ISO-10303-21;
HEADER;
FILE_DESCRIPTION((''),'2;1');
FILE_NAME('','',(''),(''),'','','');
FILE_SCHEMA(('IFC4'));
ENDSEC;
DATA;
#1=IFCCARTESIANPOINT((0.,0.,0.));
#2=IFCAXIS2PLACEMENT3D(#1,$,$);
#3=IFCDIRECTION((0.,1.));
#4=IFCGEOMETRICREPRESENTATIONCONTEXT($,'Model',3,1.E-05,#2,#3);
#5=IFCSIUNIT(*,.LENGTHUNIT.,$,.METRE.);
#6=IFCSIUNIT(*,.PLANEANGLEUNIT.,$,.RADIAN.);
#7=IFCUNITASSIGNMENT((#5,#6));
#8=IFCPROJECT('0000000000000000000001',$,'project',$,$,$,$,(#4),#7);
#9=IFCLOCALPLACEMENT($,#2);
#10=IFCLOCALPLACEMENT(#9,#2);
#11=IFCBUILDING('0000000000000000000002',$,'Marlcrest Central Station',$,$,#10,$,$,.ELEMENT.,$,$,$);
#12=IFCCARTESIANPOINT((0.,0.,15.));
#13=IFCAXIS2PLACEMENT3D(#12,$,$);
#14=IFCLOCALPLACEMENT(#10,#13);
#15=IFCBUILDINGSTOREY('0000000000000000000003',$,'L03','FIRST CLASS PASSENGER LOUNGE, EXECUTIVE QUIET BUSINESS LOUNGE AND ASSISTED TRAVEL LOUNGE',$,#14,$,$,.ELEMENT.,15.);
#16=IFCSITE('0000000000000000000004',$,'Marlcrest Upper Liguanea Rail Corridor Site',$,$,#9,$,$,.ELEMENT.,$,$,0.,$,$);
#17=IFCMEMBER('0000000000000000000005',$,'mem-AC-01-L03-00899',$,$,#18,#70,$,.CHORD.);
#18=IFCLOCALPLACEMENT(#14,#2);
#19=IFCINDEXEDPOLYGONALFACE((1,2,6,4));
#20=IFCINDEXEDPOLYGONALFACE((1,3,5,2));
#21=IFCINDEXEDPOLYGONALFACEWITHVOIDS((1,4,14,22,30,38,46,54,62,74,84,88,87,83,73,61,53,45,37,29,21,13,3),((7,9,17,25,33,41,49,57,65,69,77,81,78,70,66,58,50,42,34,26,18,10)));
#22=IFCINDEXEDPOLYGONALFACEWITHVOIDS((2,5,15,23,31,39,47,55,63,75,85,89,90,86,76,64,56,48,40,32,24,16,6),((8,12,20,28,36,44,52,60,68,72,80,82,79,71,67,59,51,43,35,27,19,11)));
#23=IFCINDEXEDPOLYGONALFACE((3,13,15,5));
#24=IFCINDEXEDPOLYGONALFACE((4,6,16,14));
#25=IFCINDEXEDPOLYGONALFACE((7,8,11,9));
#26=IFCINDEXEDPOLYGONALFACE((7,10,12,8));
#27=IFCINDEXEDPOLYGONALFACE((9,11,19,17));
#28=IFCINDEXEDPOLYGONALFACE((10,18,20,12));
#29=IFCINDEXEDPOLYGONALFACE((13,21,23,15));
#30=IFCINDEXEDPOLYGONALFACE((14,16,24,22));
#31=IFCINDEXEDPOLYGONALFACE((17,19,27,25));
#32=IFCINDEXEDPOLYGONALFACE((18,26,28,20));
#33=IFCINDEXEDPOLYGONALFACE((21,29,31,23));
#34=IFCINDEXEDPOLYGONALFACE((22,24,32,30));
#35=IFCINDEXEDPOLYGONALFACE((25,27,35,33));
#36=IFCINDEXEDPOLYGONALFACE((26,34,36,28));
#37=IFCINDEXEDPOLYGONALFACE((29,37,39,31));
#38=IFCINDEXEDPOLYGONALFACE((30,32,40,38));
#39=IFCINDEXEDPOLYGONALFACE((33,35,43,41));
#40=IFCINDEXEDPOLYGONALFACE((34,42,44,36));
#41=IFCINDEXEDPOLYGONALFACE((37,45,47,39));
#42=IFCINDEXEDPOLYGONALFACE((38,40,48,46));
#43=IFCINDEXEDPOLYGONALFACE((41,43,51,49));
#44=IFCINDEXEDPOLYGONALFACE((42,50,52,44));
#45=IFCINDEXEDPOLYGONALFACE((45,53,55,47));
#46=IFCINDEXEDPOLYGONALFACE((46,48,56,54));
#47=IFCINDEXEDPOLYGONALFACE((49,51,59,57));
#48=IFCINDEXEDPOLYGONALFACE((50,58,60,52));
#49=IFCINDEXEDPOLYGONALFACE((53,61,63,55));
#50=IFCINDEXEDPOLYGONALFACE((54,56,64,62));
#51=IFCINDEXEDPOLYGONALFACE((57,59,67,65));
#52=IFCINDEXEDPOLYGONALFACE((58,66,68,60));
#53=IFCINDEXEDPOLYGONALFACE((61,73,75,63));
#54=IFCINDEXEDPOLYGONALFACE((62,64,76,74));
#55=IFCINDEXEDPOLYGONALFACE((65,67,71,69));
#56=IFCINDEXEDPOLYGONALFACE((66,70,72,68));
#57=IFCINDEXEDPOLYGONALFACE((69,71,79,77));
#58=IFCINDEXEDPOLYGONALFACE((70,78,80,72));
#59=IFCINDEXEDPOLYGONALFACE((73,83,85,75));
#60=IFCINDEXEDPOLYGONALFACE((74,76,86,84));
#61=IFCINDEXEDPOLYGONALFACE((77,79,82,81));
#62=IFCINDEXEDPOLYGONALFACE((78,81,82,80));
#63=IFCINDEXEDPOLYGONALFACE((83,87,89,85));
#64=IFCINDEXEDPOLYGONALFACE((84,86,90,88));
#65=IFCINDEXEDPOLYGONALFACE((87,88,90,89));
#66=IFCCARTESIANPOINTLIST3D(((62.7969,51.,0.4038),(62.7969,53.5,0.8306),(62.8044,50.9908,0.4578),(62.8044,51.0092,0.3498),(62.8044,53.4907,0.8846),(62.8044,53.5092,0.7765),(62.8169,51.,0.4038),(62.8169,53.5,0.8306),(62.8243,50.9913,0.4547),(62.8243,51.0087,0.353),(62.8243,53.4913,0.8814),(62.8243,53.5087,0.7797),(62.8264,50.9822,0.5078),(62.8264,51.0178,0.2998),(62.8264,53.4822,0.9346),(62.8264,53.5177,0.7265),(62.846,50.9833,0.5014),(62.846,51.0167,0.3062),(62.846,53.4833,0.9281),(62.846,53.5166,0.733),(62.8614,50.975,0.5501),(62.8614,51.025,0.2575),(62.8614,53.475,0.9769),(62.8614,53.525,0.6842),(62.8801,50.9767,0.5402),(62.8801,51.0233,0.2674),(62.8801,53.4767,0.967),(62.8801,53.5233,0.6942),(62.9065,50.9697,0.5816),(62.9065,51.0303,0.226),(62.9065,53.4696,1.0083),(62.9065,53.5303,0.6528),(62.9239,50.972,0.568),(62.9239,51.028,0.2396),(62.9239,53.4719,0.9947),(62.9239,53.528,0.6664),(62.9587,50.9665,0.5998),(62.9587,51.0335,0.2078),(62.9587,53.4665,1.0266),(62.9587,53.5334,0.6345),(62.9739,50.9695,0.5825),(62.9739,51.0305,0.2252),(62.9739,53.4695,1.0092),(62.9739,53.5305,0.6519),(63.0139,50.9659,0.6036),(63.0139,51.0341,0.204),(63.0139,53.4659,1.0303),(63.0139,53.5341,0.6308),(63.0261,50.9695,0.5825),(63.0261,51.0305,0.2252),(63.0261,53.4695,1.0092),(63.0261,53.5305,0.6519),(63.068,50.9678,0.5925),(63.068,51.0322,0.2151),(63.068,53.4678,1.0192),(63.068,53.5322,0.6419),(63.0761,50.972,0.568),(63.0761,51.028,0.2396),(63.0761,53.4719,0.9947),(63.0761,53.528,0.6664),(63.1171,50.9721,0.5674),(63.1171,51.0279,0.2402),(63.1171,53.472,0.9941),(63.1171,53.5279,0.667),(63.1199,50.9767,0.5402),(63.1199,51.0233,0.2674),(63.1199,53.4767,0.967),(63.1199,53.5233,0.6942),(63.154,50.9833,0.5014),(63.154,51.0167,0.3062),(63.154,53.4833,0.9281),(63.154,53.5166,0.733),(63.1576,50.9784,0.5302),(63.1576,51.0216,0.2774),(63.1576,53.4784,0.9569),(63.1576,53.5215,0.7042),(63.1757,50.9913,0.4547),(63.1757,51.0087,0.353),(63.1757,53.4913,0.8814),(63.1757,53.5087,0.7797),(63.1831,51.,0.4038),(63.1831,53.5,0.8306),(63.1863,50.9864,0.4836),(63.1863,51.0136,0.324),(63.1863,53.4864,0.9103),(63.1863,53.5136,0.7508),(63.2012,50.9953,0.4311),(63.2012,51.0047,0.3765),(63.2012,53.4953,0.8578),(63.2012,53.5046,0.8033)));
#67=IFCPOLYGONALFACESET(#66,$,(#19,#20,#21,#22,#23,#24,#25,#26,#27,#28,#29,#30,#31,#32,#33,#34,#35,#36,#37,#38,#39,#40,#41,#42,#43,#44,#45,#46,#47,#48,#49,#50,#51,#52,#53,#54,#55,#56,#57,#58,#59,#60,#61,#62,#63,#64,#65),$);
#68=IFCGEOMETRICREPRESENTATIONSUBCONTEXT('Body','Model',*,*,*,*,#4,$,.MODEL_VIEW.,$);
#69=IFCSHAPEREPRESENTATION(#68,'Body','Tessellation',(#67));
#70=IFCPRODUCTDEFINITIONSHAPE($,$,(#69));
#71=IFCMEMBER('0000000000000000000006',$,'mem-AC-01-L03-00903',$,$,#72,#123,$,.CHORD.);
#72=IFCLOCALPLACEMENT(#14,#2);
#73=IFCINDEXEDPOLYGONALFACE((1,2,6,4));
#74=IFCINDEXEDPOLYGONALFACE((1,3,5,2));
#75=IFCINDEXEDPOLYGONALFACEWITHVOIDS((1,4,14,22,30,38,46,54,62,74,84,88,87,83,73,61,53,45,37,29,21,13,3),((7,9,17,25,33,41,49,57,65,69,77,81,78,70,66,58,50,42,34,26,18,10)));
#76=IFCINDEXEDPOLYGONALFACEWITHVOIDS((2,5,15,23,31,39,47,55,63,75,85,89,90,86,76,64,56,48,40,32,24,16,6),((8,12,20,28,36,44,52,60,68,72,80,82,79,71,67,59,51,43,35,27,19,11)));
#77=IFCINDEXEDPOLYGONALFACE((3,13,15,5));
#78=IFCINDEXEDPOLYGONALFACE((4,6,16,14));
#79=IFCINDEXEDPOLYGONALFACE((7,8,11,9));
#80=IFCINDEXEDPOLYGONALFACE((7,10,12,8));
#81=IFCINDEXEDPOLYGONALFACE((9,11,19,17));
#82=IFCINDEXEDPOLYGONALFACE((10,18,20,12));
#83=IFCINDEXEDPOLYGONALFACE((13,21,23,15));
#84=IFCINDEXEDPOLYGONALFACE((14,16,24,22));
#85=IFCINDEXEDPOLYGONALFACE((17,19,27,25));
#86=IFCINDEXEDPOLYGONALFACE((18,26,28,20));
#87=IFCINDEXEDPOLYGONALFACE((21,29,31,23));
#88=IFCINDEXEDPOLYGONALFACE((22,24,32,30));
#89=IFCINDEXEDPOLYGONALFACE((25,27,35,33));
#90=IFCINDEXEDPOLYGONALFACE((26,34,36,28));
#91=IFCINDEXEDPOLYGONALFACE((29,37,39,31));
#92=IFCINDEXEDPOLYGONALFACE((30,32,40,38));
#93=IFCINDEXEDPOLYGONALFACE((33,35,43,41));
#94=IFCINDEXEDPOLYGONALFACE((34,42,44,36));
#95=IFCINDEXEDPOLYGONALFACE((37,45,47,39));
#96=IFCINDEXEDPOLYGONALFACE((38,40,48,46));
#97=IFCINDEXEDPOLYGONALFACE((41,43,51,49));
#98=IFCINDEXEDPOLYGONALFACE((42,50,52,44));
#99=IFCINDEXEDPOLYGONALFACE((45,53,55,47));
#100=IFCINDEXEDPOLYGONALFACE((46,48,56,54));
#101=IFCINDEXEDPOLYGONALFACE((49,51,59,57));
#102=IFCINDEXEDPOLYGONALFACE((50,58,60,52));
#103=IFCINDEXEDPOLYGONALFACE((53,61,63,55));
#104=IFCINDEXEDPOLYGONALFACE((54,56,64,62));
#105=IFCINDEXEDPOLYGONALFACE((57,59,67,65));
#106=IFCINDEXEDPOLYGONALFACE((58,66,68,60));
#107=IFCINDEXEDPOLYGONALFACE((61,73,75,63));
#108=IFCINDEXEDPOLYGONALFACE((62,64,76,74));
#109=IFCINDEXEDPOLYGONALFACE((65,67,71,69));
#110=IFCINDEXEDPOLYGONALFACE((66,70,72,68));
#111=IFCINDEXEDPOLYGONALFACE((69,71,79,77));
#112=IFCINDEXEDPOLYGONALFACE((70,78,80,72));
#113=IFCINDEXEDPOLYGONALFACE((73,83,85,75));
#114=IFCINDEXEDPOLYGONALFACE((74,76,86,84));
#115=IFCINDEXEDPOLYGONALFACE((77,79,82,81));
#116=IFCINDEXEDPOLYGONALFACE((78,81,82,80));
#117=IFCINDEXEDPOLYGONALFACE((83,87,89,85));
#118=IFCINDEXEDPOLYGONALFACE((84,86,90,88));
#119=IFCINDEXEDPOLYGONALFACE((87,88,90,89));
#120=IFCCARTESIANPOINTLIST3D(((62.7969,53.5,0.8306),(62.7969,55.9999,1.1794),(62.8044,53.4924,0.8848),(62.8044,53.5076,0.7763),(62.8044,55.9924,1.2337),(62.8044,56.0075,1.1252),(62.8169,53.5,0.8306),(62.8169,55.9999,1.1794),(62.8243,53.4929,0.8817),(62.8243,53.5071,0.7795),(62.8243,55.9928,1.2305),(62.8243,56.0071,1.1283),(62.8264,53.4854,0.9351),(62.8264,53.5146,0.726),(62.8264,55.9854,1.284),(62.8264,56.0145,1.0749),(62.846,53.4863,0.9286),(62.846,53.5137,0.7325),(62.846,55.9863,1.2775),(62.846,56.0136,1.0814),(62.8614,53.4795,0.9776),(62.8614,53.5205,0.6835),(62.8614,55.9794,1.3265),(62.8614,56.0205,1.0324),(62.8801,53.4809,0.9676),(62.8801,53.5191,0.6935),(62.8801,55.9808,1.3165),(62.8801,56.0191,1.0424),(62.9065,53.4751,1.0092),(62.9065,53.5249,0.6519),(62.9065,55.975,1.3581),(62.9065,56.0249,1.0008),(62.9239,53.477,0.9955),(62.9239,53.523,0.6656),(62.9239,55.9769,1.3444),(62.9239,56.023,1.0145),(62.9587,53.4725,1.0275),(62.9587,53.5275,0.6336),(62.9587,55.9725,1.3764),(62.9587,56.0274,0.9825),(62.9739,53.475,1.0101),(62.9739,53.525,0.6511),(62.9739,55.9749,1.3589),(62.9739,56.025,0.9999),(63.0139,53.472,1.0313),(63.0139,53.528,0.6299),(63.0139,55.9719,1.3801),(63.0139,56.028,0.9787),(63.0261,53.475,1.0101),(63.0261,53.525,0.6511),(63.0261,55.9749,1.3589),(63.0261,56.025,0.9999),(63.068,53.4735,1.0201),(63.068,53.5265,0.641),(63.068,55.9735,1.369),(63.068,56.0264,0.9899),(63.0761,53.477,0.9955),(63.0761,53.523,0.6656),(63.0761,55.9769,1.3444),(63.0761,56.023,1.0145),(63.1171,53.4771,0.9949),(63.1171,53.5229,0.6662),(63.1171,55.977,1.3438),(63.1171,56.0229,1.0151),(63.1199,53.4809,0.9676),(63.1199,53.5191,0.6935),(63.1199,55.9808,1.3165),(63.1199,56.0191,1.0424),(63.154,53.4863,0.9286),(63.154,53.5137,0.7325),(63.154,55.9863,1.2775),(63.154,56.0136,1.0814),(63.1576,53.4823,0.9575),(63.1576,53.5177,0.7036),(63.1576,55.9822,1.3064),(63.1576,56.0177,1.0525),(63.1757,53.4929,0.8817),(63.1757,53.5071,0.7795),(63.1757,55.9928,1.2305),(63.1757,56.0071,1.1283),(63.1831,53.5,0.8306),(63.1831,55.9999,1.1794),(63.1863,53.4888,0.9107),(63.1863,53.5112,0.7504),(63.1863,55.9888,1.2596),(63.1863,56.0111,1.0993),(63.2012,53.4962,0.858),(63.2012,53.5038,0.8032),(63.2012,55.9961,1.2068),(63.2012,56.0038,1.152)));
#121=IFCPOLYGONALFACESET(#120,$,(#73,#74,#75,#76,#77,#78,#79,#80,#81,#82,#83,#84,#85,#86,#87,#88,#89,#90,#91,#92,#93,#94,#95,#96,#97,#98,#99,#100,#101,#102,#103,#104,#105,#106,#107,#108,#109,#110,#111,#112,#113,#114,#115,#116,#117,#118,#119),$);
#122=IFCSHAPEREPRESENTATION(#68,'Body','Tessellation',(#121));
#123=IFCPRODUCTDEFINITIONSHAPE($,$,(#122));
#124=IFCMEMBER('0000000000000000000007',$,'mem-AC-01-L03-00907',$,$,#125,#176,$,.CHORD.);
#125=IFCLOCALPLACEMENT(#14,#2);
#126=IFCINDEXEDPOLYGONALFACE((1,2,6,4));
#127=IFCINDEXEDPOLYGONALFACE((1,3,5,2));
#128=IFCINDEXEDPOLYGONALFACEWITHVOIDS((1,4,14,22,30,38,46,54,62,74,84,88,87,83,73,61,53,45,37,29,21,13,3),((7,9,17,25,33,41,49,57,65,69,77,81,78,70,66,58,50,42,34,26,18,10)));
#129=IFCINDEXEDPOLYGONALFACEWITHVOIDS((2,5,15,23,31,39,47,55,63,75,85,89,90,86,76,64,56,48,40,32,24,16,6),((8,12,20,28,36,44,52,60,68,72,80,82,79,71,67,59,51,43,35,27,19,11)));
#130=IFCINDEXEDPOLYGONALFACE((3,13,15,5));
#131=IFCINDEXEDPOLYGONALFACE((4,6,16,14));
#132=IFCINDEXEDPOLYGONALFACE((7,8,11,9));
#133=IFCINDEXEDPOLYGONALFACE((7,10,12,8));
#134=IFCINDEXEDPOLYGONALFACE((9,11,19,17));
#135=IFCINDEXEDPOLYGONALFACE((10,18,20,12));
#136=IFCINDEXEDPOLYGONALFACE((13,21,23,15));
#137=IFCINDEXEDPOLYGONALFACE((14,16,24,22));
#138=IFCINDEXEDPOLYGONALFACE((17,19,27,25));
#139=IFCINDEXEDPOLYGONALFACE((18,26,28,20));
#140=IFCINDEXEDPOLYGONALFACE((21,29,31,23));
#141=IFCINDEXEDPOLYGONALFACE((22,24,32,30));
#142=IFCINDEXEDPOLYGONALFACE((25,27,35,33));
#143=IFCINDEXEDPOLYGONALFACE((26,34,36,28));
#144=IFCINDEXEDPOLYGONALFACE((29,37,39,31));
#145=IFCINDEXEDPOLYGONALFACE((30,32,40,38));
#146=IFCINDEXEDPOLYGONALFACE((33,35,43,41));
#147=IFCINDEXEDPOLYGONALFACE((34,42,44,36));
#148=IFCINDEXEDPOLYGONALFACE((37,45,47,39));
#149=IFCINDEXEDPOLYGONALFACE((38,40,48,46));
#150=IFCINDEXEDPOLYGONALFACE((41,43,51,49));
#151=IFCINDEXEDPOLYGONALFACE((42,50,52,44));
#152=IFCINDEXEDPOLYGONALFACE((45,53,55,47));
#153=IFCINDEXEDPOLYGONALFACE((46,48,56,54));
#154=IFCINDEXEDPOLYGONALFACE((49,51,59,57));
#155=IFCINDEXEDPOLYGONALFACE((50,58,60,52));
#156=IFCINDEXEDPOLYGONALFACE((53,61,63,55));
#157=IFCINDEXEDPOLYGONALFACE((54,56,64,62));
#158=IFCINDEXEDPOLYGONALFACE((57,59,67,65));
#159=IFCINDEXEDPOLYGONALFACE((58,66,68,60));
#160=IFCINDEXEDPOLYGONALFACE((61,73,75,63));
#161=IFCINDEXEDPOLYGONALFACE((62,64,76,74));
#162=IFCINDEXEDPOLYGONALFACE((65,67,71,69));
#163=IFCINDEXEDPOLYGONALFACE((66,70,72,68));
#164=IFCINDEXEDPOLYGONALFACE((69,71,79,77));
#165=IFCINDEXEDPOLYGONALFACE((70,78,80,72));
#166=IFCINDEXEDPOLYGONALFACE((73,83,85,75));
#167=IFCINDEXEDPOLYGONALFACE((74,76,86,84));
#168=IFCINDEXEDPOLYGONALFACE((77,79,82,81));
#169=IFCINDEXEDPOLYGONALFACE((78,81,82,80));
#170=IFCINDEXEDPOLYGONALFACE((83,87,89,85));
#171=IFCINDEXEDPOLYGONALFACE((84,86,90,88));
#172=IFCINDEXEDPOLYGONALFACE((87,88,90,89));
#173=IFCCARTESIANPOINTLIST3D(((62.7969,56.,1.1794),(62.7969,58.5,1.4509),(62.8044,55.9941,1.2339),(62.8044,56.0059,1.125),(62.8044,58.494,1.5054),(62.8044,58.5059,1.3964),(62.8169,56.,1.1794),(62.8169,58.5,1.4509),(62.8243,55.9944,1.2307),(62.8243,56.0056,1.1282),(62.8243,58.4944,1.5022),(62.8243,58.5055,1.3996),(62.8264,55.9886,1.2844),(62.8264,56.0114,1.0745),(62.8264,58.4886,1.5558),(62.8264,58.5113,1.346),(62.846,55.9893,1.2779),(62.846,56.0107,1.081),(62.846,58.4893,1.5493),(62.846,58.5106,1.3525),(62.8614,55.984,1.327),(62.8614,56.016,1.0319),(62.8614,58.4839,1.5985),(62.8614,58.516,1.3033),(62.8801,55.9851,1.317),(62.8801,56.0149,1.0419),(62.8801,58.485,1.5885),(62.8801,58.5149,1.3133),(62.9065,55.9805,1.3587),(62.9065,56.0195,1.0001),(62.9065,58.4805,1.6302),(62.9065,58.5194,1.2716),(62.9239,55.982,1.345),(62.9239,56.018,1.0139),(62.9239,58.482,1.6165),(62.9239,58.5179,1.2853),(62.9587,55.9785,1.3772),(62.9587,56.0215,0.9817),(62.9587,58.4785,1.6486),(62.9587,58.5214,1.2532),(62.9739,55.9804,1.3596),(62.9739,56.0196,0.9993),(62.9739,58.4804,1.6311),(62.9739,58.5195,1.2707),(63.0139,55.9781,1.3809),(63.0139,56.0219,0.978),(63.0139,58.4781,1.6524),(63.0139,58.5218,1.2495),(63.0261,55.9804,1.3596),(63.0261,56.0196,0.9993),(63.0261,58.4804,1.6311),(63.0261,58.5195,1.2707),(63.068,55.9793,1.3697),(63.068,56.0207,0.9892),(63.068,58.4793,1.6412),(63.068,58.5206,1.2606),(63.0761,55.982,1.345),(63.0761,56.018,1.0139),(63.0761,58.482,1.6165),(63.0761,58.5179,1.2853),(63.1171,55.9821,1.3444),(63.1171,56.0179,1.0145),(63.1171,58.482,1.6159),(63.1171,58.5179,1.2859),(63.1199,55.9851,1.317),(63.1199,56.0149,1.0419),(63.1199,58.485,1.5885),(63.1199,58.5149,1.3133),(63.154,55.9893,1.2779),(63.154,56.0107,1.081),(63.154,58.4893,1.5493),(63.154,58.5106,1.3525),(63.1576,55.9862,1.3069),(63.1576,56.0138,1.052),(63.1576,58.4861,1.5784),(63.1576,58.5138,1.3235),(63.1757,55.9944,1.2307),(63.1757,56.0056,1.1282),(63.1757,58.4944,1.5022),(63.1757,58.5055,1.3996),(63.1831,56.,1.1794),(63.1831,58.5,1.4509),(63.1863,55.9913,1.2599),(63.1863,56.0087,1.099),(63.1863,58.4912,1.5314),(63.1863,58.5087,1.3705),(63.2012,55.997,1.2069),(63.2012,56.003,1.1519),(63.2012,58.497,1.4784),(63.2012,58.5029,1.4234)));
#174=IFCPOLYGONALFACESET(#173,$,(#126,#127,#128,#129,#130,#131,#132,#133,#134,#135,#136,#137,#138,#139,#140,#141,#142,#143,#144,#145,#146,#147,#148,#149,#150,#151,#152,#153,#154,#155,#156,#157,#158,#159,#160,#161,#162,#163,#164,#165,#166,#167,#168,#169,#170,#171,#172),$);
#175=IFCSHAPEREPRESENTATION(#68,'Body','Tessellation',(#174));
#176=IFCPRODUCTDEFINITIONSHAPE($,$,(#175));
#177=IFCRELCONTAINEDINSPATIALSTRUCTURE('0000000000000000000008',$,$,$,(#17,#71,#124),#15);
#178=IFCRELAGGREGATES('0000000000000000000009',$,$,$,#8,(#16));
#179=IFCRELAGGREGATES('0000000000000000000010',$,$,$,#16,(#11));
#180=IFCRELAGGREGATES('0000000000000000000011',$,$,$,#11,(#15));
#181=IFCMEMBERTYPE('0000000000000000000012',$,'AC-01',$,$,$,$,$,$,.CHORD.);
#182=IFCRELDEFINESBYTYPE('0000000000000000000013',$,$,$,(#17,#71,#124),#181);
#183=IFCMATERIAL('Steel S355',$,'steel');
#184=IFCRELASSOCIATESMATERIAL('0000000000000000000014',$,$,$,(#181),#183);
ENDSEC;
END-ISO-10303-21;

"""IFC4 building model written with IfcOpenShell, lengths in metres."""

from ifc_helpers import new_model, si_unit, direction, frame, origin, origin_2d, place, context, subcontext, project, spatial, hollow_circle, extrude, material, material_profile, profile_set, type_object, element, save


model = new_model("IFC4")

# Units and contexts
model_context = context("Model", 3, precision=1e-05, world=origin(), true_north=direction((0.0, 1.0)))
body_context = subcontext(model_context, "Body", "Model", "MODEL_VIEW")
ifc_project = project(units=[si_unit("LENGTHUNIT", "METRE"), si_unit("PLANEANGLEUNIT", "RADIAN")], contexts=[model_context])

# Site, building, storey
site_placement = place(None, origin())
site = spatial("IfcSite", under=ifc_project, at=site_placement, Name="Marlcrest Upper Liguanea Rail Corridor Site", CompositionType="ELEMENT", RefElevation=0.0)
building_placement = place(site_placement, origin())
building = spatial("IfcBuilding", under=site, at=building_placement, Name="Marlcrest Central Station", CompositionType="ELEMENT")
storey_placement = place(building_placement, frame((0.0, 0.0, 15.0)))
storey = spatial("IfcBuildingStorey", under=building, at=storey_placement, Name="L03", Description="FIRST CLASS PASSENGER LOUNGE, EXECUTIVE QUIET BUSINESS LOUNGE AND ASSISTED TRAVEL LOUNGE", CompositionType="ELEMENT", Elevation=15.0)

# Members
ifc_material_1 = material(Name="Steel S355", Category="steel")
ifc_material_profile_1 = material_profile(ifc_material_1, hollow_circle(Radius=0.2031, WallThickness=0.02, at=origin_2d()), Name="CHS 406.4x20")
ifc_profile_set_1 = profile_set([ifc_material_profile_1], Name="Steel S355")
member_type_1 = type_object("IfcMemberType", Name="AC-01", PredefinedType="CHORD", material=ifc_profile_set_1)
member_1_placement = place(storey_placement, frame((63.0, 51.0, 0.4038), z_axis=(0.0, 0.985741, 0.168269), x_axis=(-1.0, 0.0, 0.0)))
element("IfcMember", 1, at=member_1_placement, inside=storey, type_object=member_type_1, Name="mem-AC-01-L03-00899", PredefinedType="CHORD", context=body_context, shape_type="SweptSolid", body=[
    extrude(hollow_circle(Radius=0.2031, WallThickness=0.02, at=origin_2d()), origin(), (0.0, 0.0, 1.0), 2.5361),
])
member_2_placement = place(storey_placement, frame((63.0, 53.5, 0.8306), z_axis=(0.0, 0.990403, 0.138211), x_axis=(-1.0, 0.0, 0.0)))
element("IfcMember", 2, at=member_2_placement, inside=storey, type_object=member_type_1, Name="mem-AC-01-L03-00903", PredefinedType="CHORD", context=body_context, shape_type="SweptSolid", body=[
    extrude(hollow_circle(Radius=0.2031, WallThickness=0.02, at=origin_2d()), origin(), (0.0, 0.0, 1.0), 2.5242),
])
member_3_placement = place(storey_placement, frame((63.0, 56.0, 1.1794), z_axis=(0.0, 0.994155, 0.107959), x_axis=(-1.0, 0.0, 0.0)))
element("IfcMember", 3, at=member_3_placement, inside=storey, type_object=member_type_1, Name="mem-AC-01-L03-00907", PredefinedType="CHORD", context=body_context, shape_type="SweptSolid", body=[
    extrude(hollow_circle(Radius=0.2031, WallThickness=0.02, at=origin_2d()), origin(), (0.0, 0.0, 1.0), 2.5146),
])

save(model, "model.ifc")
